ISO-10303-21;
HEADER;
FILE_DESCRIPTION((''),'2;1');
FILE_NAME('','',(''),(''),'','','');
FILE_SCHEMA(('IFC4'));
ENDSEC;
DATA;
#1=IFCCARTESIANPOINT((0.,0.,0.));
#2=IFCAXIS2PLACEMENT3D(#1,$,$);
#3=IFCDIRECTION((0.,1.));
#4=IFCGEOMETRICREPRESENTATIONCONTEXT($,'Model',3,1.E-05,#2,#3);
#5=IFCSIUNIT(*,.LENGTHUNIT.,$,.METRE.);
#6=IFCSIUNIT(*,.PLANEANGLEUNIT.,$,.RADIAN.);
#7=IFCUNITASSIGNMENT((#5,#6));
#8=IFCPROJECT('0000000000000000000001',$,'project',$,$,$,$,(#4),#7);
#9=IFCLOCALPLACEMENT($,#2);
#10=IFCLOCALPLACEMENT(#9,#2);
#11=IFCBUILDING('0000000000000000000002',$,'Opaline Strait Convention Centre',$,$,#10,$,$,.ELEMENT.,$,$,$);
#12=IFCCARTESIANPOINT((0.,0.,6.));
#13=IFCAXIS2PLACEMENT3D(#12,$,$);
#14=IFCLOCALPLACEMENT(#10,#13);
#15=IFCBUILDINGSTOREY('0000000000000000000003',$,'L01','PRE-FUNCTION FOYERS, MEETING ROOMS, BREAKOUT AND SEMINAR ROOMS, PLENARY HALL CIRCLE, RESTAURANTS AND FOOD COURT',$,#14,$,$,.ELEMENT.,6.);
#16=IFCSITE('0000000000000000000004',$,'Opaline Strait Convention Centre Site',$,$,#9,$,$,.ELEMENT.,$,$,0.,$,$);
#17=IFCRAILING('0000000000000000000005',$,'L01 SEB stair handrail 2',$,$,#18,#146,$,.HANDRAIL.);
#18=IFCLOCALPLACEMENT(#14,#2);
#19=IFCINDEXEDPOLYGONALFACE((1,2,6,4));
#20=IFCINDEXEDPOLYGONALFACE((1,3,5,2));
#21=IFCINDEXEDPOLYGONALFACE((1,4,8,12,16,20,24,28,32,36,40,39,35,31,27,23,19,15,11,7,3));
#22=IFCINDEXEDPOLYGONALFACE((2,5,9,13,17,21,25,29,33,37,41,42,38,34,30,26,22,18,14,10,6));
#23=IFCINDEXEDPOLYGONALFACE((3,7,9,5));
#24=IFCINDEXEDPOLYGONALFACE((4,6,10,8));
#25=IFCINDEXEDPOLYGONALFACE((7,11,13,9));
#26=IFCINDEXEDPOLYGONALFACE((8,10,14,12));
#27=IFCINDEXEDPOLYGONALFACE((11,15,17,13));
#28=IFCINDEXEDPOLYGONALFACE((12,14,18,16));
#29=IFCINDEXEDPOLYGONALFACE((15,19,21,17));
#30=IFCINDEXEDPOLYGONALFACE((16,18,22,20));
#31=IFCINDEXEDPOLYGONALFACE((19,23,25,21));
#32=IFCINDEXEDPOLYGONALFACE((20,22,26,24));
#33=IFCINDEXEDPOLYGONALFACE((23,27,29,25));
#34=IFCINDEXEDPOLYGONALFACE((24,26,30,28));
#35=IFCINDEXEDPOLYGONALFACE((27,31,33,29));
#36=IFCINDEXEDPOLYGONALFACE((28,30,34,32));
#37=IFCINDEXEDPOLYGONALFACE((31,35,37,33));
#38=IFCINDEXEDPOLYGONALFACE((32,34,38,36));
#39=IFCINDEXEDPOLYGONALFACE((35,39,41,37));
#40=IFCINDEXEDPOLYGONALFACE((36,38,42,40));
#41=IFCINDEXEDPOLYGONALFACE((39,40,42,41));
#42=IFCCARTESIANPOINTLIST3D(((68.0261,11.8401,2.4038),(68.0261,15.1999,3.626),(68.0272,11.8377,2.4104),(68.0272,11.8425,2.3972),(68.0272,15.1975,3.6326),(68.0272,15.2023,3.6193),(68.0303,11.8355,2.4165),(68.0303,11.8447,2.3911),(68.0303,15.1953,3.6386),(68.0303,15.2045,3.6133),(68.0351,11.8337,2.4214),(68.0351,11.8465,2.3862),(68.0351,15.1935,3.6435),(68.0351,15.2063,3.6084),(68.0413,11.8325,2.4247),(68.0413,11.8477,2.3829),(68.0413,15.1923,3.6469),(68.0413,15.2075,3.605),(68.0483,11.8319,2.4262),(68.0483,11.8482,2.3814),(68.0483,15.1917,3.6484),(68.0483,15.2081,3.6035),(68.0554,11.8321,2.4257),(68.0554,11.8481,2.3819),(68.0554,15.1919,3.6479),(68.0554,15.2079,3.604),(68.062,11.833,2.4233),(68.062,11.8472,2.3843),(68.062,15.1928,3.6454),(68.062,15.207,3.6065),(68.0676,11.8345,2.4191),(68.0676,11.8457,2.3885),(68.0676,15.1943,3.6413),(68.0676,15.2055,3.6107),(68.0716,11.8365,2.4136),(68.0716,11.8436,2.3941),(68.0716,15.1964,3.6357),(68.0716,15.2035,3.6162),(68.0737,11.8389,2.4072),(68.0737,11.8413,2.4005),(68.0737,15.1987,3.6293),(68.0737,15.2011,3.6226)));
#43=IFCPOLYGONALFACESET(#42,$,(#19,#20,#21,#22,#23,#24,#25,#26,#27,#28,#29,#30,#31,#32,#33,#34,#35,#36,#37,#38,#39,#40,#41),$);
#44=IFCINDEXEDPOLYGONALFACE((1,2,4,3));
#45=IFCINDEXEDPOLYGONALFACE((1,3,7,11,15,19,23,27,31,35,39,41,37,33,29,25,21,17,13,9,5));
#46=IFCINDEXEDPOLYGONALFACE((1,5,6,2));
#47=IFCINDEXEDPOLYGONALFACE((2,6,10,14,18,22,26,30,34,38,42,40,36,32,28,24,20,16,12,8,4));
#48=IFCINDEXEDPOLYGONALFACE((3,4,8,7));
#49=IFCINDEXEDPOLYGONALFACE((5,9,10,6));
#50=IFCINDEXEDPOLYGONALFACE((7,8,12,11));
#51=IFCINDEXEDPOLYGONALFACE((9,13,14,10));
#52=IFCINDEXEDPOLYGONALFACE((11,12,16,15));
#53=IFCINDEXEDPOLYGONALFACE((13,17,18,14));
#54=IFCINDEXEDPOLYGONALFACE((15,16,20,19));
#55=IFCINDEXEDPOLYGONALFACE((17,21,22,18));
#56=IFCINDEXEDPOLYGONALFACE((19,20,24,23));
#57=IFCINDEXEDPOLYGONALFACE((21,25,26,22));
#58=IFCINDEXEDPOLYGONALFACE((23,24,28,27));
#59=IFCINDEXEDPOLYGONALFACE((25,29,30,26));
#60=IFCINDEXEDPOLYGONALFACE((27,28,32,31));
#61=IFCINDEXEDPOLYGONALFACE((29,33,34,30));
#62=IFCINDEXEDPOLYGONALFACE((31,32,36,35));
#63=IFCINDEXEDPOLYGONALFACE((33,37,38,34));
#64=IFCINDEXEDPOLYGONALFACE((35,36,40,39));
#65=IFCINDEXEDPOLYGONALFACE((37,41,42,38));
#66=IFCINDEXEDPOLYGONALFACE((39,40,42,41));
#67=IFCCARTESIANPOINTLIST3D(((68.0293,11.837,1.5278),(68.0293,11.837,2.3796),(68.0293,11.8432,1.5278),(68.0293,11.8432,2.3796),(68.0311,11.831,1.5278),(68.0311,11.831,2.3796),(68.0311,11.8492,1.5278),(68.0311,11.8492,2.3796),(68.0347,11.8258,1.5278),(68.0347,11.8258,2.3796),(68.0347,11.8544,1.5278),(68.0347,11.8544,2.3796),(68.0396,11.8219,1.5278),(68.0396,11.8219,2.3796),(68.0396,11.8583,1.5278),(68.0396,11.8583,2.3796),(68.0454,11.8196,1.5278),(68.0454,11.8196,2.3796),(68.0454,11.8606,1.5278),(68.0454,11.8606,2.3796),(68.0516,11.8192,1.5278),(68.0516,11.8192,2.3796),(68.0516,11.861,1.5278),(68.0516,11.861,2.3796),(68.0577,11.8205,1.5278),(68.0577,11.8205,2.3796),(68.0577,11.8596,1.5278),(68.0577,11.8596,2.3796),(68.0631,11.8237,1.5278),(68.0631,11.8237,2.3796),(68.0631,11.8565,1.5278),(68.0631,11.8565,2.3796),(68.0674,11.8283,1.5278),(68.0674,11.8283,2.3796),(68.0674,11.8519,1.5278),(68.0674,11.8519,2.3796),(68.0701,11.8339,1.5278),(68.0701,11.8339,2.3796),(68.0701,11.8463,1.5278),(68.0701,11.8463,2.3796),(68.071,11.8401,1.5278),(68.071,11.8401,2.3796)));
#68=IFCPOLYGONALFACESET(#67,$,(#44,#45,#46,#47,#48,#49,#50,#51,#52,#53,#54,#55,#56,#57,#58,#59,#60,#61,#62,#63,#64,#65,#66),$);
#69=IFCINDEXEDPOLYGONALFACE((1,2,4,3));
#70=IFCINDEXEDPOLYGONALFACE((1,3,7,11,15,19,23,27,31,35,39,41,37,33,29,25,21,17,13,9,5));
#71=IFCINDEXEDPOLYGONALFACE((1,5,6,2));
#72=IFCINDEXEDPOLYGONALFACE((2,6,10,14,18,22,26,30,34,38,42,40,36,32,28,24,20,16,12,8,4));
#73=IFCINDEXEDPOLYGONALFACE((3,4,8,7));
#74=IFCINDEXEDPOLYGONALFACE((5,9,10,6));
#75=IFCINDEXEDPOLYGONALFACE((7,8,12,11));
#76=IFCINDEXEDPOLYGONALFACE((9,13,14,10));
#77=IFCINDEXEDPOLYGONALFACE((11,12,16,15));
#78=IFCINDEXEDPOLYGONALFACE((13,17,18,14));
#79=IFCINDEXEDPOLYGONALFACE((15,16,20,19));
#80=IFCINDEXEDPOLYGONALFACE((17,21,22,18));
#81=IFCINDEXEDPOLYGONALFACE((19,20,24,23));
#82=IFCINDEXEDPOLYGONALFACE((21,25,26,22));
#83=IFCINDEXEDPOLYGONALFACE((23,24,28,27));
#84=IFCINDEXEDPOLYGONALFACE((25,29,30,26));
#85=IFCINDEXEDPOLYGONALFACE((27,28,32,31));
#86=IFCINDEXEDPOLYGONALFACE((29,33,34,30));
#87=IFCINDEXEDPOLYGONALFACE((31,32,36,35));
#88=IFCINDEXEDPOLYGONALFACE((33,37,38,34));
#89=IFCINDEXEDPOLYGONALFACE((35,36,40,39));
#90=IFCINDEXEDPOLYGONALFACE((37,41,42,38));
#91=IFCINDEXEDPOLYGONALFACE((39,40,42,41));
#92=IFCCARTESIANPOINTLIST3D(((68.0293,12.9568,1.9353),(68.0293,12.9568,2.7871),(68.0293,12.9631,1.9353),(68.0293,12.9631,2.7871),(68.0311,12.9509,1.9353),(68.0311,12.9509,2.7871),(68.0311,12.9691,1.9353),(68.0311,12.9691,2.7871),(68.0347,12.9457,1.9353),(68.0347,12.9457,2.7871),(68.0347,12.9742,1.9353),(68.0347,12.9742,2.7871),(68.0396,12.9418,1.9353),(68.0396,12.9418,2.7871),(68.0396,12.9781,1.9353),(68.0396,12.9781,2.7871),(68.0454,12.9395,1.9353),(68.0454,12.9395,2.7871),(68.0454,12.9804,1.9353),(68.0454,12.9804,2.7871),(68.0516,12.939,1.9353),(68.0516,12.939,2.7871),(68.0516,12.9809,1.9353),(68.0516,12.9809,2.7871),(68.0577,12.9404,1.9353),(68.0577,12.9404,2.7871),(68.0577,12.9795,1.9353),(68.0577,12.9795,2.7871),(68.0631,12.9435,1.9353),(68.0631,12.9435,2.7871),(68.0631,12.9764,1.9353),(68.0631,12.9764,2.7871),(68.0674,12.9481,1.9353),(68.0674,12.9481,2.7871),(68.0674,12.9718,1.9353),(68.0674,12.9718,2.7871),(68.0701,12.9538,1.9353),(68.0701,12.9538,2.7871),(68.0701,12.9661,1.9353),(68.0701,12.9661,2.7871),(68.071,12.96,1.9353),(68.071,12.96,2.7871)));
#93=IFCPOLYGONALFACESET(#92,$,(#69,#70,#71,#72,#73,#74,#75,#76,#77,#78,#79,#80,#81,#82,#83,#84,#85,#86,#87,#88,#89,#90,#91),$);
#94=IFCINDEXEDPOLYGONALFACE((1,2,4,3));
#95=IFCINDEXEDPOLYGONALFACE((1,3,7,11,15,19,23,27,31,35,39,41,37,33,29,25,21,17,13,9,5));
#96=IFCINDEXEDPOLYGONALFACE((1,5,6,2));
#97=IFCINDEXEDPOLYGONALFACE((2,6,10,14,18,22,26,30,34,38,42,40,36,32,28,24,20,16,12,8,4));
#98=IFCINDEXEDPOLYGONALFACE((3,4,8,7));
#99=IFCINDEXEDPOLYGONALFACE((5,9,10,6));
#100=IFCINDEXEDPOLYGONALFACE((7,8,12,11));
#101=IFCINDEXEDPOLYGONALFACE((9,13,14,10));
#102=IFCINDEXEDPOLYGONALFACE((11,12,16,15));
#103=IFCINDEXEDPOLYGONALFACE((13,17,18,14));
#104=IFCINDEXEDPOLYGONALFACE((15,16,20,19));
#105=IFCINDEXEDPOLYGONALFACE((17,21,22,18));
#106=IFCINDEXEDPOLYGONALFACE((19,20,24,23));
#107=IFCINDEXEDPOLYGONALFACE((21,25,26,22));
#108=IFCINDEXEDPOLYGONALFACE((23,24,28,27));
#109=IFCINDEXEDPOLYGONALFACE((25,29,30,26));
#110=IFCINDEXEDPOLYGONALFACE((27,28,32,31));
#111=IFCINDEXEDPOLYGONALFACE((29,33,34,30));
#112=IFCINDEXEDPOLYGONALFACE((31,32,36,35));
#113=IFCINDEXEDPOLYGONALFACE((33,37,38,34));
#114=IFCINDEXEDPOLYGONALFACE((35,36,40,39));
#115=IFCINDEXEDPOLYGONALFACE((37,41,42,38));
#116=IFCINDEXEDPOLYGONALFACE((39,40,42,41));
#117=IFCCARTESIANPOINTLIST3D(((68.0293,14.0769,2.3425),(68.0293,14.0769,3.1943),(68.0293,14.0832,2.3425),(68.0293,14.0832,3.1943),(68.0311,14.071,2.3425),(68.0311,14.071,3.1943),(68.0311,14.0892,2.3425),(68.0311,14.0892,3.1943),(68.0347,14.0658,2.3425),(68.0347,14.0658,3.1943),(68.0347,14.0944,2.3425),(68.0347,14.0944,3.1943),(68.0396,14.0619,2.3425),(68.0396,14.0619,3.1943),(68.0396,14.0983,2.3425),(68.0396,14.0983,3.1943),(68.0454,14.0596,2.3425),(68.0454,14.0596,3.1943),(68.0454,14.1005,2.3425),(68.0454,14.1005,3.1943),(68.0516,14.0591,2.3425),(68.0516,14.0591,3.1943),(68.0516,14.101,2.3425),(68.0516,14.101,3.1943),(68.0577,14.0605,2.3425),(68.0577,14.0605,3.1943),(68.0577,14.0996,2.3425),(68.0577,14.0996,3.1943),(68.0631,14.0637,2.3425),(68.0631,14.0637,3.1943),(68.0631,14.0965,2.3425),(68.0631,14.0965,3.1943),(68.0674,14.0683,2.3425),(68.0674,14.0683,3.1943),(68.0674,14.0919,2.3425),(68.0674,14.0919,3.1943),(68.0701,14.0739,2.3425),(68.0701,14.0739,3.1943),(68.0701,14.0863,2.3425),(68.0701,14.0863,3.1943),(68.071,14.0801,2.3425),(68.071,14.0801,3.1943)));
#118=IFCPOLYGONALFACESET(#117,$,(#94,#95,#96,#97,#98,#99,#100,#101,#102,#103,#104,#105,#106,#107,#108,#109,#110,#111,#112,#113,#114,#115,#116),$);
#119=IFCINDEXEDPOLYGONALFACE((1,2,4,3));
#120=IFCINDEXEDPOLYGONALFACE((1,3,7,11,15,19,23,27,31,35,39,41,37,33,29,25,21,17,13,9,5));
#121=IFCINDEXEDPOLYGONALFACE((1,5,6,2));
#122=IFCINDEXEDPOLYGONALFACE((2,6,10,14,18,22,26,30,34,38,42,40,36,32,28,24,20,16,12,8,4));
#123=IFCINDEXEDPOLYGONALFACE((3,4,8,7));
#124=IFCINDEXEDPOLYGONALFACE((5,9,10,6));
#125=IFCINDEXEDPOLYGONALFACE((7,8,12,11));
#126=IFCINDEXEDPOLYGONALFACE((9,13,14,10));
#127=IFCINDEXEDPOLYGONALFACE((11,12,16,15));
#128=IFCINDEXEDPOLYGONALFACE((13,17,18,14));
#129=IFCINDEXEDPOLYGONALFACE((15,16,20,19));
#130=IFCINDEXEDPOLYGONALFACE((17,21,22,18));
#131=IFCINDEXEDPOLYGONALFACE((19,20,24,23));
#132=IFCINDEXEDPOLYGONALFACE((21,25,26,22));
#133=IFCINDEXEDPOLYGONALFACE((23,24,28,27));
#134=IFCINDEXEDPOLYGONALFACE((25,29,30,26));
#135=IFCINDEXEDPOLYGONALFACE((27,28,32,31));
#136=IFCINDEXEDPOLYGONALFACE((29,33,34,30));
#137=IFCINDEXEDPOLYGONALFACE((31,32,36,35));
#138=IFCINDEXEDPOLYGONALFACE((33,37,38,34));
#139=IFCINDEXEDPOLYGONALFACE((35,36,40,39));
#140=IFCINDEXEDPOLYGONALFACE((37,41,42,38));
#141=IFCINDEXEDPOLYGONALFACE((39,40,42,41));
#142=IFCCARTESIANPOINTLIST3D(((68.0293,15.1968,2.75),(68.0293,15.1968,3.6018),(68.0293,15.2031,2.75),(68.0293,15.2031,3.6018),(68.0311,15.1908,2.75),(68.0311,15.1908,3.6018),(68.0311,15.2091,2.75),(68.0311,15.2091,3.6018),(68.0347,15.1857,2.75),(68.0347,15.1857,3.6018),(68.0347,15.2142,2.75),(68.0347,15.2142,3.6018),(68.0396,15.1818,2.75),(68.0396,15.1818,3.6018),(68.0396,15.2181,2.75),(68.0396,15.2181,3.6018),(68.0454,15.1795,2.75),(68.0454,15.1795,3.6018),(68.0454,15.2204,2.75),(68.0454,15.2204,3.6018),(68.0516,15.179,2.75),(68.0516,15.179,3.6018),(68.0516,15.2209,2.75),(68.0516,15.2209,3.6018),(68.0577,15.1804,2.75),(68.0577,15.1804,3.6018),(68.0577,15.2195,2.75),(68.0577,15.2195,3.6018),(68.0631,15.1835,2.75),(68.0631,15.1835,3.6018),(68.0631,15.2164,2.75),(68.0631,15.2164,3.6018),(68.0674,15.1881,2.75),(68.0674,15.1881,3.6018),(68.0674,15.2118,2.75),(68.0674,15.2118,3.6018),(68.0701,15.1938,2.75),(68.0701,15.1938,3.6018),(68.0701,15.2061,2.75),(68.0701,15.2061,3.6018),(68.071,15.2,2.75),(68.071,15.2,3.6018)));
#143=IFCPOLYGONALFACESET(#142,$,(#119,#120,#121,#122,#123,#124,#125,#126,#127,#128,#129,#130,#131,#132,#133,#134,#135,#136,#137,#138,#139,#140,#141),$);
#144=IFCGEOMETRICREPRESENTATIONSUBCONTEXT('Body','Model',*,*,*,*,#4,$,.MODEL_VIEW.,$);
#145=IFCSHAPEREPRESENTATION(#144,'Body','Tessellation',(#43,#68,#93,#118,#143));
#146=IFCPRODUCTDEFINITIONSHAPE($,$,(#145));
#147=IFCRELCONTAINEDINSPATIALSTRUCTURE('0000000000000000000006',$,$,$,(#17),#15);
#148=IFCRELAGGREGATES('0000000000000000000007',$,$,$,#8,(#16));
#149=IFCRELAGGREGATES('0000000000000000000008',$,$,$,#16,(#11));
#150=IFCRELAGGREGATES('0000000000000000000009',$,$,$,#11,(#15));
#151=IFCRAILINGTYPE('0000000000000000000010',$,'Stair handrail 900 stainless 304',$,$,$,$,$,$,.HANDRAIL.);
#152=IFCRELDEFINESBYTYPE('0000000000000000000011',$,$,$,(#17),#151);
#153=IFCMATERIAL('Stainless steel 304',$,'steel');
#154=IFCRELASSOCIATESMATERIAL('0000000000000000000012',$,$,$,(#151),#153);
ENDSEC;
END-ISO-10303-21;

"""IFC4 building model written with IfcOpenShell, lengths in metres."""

from ifc_helpers import new_model, si_unit, direction, frame, origin, origin_2d, place, context, subcontext, project, spatial, circle, extrude, material, type_object, element, save


model = new_model("IFC4")

# Units and contexts
model_context = context("Model", 3, precision=1e-05, world=origin(), true_north=direction((0.0, 1.0)))
body_context = subcontext(model_context, "Body", "Model", "MODEL_VIEW")
ifc_project = project(units=[si_unit("LENGTHUNIT", "METRE"), si_unit("PLANEANGLEUNIT", "RADIAN")], contexts=[model_context])

# Site, building, storey
site_placement = place(None, origin())
site = spatial("IfcSite", under=ifc_project, at=site_placement, Name="Opaline Strait Convention Centre Site", CompositionType="ELEMENT", RefElevation=0.0)
building_placement = place(site_placement, origin())
building = spatial("IfcBuilding", under=site, at=building_placement, Name="Opaline Strait Convention Centre", CompositionType="ELEMENT")
storey_placement = place(building_placement, frame((0.0, 0.0, 6.0)))
storey = spatial("IfcBuildingStorey", under=building, at=storey_placement, Name="L01", Description="PRE-FUNCTION FOYERS, MEETING ROOMS, BREAKOUT AND SEMINAR ROOMS, PLENARY HALL CIRCLE, RESTAURANTS AND FOOD COURT", CompositionType="ELEMENT", Elevation=6.0)

# Railing
ifc_material_1 = material(Name="Stainless steel 304", Category="steel")
railing_type_1 = type_object("IfcRailingType", Name="Stair handrail 900 stainless 304", PredefinedType="HANDRAIL", material=ifc_material_1)
railing_1_placement = place(storey_placement, frame((68.05, 11.8401, 1.5278)))
element("IfcRailing", 1, at=railing_1_placement, inside=storey, type_object=railing_type_1, Name="L01 SEB stair handrail 2", PredefinedType="HANDRAIL", context=body_context, shape_type="SweptSolid", body=[
    extrude(circle(Radius=0.0239, at=origin_2d()), frame((0.0, 0.0, 0.876), z_axis=(0.0, 0.939758, 0.341842), x_axis=(-1.0, 0.0, 0.0)), (0.0, 0.0, 1.0), 3.5752),
    extrude(circle(Radius=0.021, at=origin_2d()), origin(), (0.0, 0.0, 1.0), 0.8518),
    extrude(circle(Radius=0.021, at=origin_2d()), frame((0.0, 1.1199, 0.4075)), (0.0, 0.0, 1.0), 0.8518),
    extrude(circle(Radius=0.021, at=origin_2d()), frame((0.0, 2.24, 0.8147)), (0.0, 0.0, 1.0), 0.8518),
    extrude(circle(Radius=0.021, at=origin_2d()), frame((0.0, 3.3599, 1.2222)), (0.0, 0.0, 1.0), 0.8518),
])

save(model, "model.ifc")
